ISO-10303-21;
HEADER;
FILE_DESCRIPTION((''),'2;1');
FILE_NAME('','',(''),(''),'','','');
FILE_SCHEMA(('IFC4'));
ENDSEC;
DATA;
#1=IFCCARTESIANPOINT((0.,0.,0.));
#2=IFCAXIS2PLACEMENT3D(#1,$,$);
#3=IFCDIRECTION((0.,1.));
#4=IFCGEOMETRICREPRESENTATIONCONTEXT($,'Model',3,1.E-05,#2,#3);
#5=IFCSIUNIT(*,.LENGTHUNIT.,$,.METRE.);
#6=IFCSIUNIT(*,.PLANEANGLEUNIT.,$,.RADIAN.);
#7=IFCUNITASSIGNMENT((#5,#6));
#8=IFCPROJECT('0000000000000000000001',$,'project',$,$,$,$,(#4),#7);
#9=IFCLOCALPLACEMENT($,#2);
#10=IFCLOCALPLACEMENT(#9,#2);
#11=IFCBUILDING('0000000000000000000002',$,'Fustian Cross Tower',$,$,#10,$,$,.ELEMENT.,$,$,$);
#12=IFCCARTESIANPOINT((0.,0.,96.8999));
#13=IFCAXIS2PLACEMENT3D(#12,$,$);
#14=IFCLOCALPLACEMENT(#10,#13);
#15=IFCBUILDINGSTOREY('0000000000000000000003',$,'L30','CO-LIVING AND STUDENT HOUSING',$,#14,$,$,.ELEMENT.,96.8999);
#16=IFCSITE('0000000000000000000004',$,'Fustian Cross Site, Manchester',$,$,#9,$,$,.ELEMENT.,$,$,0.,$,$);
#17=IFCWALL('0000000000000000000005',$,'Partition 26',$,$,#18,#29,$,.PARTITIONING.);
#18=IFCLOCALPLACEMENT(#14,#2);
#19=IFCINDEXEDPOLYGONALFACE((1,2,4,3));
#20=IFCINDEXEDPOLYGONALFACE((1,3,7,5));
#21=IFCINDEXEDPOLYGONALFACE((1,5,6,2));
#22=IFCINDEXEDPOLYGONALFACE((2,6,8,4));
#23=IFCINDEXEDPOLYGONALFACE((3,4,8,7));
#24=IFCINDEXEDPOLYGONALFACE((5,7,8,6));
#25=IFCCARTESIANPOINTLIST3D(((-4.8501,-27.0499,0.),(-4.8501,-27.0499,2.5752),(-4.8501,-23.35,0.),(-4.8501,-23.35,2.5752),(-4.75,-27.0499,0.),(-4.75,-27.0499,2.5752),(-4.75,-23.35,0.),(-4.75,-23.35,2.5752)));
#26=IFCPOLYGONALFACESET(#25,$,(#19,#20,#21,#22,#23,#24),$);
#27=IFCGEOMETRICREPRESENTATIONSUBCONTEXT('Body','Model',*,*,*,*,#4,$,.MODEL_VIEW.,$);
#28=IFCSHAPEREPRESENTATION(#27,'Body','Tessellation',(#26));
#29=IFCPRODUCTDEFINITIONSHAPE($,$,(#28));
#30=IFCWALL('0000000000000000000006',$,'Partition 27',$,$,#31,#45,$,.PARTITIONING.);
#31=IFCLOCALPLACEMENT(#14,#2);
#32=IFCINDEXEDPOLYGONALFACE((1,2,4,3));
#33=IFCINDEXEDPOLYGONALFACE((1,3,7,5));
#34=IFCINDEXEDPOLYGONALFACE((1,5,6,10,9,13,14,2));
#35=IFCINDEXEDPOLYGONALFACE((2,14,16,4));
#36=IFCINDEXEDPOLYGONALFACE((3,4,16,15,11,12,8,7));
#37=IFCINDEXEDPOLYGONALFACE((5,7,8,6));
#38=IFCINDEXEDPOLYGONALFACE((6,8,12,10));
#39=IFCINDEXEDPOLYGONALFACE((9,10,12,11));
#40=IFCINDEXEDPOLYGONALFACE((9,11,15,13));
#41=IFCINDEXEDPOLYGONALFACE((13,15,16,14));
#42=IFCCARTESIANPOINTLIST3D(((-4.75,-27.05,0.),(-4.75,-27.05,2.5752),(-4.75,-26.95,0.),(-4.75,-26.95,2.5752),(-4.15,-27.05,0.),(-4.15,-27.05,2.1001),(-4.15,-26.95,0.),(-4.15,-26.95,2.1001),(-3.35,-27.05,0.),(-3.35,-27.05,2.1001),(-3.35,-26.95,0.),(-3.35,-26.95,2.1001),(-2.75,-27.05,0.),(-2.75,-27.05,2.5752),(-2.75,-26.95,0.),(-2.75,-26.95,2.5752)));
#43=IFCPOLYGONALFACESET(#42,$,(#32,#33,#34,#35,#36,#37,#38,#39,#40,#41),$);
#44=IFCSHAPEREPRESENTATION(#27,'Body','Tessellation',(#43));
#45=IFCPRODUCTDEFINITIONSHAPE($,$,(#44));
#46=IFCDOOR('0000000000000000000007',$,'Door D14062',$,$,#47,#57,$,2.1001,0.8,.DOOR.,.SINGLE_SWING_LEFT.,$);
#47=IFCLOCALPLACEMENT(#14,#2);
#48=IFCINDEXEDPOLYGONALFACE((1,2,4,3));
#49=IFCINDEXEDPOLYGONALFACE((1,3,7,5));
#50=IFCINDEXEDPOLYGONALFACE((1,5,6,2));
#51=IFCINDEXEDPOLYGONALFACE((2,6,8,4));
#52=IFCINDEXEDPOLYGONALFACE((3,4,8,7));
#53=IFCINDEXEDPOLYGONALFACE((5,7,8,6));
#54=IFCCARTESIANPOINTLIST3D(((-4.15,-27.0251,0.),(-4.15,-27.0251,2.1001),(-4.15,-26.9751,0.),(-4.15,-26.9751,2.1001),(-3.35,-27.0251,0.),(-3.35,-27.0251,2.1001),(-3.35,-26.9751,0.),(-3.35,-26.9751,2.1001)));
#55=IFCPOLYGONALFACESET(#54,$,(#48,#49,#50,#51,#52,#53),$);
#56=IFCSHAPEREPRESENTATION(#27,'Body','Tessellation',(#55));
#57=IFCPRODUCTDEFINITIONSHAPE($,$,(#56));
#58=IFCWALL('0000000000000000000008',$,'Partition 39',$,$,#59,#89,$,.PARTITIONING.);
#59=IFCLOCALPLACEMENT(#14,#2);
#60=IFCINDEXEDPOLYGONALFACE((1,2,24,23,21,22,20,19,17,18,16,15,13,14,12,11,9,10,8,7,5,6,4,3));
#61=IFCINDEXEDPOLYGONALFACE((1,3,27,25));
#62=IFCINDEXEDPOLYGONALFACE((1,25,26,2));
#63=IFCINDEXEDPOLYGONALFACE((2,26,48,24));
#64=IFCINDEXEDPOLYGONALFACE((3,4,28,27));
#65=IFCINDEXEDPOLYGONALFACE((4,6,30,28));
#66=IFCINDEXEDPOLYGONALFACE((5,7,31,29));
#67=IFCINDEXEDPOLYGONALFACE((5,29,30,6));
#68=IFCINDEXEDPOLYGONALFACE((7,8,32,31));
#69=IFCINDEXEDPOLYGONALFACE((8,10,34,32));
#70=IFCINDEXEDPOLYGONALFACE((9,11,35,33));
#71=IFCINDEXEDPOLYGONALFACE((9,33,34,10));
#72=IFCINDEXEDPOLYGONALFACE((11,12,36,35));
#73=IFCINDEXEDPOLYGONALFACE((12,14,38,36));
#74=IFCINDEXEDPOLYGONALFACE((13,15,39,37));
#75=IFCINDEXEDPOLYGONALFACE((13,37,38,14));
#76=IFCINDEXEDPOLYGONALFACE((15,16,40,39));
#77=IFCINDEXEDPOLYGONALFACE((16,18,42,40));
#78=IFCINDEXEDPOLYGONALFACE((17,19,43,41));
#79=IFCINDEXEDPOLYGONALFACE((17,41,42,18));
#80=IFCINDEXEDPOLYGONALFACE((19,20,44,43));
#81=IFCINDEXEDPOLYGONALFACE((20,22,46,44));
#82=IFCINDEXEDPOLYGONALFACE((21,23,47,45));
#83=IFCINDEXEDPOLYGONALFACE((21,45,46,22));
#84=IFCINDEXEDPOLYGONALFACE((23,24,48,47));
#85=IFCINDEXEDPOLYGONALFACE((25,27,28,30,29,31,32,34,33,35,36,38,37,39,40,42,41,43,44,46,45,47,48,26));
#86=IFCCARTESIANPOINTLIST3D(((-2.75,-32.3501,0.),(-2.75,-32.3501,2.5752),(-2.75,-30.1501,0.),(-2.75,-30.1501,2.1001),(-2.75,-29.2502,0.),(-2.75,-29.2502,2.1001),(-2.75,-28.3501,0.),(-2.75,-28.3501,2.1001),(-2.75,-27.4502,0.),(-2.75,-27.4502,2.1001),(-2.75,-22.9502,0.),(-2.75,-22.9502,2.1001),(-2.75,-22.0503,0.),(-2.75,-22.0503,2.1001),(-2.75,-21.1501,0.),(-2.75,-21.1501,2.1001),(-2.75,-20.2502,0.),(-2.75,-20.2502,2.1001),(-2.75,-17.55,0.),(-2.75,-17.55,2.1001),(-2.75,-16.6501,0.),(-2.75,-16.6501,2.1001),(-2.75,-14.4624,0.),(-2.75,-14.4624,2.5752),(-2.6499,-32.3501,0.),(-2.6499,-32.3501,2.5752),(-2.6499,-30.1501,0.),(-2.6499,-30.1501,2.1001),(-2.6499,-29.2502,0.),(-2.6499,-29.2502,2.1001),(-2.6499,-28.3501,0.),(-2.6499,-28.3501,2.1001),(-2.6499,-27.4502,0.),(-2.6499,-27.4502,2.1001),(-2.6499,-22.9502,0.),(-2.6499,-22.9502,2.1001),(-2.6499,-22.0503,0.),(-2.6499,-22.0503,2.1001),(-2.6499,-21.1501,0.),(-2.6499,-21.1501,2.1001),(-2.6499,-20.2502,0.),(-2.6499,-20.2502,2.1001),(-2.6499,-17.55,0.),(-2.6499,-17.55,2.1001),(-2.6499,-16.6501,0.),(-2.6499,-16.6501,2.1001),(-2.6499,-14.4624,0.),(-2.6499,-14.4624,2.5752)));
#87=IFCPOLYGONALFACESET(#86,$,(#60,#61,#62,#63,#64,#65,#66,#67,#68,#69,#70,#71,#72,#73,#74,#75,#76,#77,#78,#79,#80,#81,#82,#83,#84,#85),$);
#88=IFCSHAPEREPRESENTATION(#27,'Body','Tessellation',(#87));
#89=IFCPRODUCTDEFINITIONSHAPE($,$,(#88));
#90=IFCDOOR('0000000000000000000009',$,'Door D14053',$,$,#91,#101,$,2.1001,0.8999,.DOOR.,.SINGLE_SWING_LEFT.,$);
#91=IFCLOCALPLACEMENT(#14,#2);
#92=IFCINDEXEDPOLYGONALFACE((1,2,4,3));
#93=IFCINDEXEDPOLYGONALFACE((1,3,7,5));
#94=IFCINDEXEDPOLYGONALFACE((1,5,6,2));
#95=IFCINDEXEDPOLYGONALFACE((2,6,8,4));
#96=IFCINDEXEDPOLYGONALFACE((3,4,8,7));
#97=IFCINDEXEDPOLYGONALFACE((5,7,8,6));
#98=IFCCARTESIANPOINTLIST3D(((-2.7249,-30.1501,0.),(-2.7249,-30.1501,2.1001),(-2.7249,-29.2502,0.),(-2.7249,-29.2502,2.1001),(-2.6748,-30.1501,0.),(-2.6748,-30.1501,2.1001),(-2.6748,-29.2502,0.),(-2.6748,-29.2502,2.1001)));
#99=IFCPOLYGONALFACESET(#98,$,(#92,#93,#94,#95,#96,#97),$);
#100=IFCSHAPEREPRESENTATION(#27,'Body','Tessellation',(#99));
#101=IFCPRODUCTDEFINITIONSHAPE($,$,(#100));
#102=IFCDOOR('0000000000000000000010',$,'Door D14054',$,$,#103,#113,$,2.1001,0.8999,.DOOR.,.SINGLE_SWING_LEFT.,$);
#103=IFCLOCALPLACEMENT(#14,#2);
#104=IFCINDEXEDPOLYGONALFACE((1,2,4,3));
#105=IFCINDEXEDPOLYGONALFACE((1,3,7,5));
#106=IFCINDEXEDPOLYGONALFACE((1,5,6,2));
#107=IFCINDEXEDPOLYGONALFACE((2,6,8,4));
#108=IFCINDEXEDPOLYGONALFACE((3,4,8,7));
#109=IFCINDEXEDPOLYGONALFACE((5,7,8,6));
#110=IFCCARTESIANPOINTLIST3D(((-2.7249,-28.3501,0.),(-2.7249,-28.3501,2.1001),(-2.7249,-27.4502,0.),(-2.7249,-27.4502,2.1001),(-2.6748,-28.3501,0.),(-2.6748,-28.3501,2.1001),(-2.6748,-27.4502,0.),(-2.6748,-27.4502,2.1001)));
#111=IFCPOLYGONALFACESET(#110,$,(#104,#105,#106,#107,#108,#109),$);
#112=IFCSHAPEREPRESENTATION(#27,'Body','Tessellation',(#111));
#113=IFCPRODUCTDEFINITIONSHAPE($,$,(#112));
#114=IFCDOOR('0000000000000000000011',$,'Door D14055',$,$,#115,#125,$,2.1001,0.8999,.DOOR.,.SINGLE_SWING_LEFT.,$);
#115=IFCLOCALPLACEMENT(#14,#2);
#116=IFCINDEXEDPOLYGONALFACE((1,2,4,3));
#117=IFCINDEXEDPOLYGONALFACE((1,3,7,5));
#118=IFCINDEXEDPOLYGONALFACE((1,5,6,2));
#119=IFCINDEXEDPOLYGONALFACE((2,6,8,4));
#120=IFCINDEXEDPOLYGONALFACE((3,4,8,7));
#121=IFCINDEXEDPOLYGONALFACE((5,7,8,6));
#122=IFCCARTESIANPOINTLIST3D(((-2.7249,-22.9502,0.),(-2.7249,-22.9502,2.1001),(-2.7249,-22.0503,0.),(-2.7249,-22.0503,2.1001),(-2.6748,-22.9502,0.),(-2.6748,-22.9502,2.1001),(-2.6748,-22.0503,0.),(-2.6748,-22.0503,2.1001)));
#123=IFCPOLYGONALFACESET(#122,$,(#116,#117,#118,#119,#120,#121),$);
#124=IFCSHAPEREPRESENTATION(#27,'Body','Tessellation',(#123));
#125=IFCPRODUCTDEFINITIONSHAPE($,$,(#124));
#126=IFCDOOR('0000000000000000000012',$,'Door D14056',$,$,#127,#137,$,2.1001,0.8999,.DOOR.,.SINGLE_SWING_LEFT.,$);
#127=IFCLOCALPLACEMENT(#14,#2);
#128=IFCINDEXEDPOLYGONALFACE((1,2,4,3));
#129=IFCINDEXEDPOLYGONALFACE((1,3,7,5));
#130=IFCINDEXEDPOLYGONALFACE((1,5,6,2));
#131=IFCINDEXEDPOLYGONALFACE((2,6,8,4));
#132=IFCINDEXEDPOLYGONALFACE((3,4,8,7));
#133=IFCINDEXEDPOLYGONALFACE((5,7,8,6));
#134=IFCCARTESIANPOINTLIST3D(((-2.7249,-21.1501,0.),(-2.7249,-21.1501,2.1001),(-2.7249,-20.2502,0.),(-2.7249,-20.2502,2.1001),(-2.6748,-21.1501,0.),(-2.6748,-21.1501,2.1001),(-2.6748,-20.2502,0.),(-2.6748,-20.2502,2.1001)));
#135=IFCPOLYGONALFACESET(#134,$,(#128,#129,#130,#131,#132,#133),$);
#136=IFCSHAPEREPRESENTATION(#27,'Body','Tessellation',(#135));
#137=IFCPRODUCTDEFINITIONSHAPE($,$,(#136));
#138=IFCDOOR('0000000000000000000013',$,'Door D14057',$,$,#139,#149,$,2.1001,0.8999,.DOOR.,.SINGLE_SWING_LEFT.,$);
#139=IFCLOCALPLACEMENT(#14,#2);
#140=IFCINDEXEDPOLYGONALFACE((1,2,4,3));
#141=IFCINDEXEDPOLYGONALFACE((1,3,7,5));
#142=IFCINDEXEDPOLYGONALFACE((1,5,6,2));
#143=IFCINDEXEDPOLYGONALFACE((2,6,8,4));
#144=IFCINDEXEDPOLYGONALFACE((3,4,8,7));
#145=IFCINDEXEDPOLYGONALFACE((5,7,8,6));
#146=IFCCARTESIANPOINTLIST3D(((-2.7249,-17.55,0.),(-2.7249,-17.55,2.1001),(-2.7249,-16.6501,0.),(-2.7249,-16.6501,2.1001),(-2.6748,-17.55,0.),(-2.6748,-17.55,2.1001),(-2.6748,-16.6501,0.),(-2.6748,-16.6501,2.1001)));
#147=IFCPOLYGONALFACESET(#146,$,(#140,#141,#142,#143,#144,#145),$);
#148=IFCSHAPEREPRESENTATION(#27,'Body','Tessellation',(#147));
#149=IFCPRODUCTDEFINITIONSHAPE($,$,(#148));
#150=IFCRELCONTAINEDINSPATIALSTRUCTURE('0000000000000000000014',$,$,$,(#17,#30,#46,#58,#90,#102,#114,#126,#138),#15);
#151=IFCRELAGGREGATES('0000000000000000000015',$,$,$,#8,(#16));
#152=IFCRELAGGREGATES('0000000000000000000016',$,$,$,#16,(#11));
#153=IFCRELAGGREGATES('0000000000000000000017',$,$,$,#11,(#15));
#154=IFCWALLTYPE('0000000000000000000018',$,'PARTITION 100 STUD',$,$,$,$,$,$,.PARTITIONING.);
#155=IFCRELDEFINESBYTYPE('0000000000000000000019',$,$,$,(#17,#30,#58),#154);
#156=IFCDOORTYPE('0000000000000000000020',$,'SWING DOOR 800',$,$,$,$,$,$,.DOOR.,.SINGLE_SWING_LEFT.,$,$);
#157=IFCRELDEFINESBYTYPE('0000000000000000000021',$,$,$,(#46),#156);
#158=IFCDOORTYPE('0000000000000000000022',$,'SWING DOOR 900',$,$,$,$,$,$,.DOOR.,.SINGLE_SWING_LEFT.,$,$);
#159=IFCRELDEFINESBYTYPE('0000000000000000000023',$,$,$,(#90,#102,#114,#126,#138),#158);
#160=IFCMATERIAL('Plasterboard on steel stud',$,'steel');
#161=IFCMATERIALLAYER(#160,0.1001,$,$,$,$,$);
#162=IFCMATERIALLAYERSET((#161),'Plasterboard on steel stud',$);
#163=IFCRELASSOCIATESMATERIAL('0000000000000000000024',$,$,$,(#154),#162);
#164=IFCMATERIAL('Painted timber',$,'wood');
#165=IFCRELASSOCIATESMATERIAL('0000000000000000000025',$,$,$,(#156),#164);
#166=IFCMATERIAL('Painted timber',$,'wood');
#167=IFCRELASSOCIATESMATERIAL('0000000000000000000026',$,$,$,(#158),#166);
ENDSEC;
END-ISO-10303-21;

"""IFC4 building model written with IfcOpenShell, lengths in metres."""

from ifc_helpers import new_model, si_unit, direction, frame, frame_2d, origin, place, context, subcontext, project, spatial, rectangle, extrude, material, layer, layer_set, type_object, element, fill, save


model = new_model("IFC4")

# Units and contexts
model_context = context("Model", 3, precision=1e-05, world=origin(), true_north=direction((0.0, 1.0)))
body_context = subcontext(model_context, "Body", "Model", "MODEL_VIEW")
ifc_project = project(units=[si_unit("LENGTHUNIT", "METRE"), si_unit("PLANEANGLEUNIT", "RADIAN")], contexts=[model_context])

# Site, building, storey
site_placement = place(None, origin())
site = spatial("IfcSite", under=ifc_project, at=site_placement, Name="Fustian Cross Site, Manchester", CompositionType="ELEMENT", RefElevation=0.0)
building_placement = place(site_placement, origin())
building = spatial("IfcBuilding", under=site, at=building_placement, Name="Fustian Cross Tower", CompositionType="ELEMENT")
storey_placement = place(building_placement, frame((0.0, 0.0, 96.8999)))
storey = spatial("IfcBuildingStorey", under=building, at=storey_placement, Name="L30", Description="CO-LIVING AND STUDENT HOUSING", CompositionType="ELEMENT", Elevation=96.8999)

# Shared definitions
ifc_material_1 = material(Name="Plasterboard on steel stud", Category="steel")
ifc_layer_1 = layer(ifc_material_1, 0.1001)
ifc_layer_set_1 = layer_set([ifc_layer_1], Name="Plasterboard on steel stud")
wall_type_1 = type_object("IfcWallType", Name="PARTITION 100 STUD", PredefinedType="PARTITIONING", material=ifc_layer_set_1)
ifc_material_2 = material(Name="Painted timber", Category="wood")
door_type_1 = type_object("IfcDoorType", Name="SWING DOOR 800", OperationType="SINGLE_SWING_LEFT", PredefinedType="DOOR", material=ifc_material_2)

# Wall
wall_1_placement = place(storey_placement, frame((-4.8, -27.05, 0.0), z_axis=(0.0, 0.0, 1.0), x_axis=(0.0, 1.0, 0.0)))
element("IfcWall", 1, at=wall_1_placement, inside=storey, type_object=wall_type_1, Name="Partition 26", PredefinedType="PARTITIONING", context=body_context, shape_type="SweptSolid", body=[
    extrude(rectangle(XDim=3.7, YDim=0.1001, at=frame_2d((1.8501, 0.0))), origin(), (0.0, 0.0, 1.0), 2.5752),
])

# Wall, opening, door
wall_2_placement = place(storey_placement, frame((-4.75, -27.0, 0.0), z_axis=(0.0, 0.0, 1.0), x_axis=(1.0, 0.0, 0.0)))
wall_2 = element("IfcWall", 2, at=wall_2_placement, inside=storey, type_object=wall_type_1, Name="Partition 27", PredefinedType="PARTITIONING", context=body_context, shape_type="SweptSolid", body=[
    extrude(rectangle(XDim=2.0, YDim=0.1001, at=frame_2d((1.0, 0.0))), origin(), (0.0, 0.0, 1.0), 2.5752),
])
opening_1_placement = place(wall_2_placement, frame((0.6001, 0.0, 0.0)))
opening_1 = element("IfcOpeningElement", 3, at=opening_1_placement, cuts=wall_2, PredefinedType="OPENING", context=body_context, shape_type="SweptSolid", body=[
    extrude(rectangle(XDim=0.8, YDim=2.1001, at=frame_2d((0.3999, 1.05))), frame((0.0, 0.0601, 0.0), z_axis=(0.0, -1.0, 0.0), x_axis=(1.0, 0.0, 0.0)), (0.0, 0.0, 1.0), 0.1201),
])
door_1_placement = place(opening_1_placement, origin())
door_1 = element("IfcDoor", 4, at=door_1_placement, inside=storey, type_object=door_type_1, Name="Door D14062", OperationType="SINGLE_SWING_LEFT", OverallHeight=2.1001, OverallWidth=0.8, PredefinedType="DOOR", context=body_context, shape_type="SweptSolid", body=[
    extrude(rectangle(XDim=0.8, YDim=2.1001, at=frame_2d((0.3999, 1.05))), frame((0.0, 0.0249, 0.0), z_axis=(0.0, -1.0, 0.0), x_axis=(1.0, 0.0, 0.0)), (0.0, 0.0, 1.0), 0.05),
])
fill(opening_1, door_1)

# Wall, openings, doors
wall_3_placement = place(storey_placement, frame((-2.7, -32.3501, 0.0), z_axis=(0.0, 0.0, 1.0), x_axis=(0.0, 1.0, 0.0)))
wall_3 = element("IfcWall", 5, at=wall_3_placement, inside=storey, type_object=wall_type_1, Name="Partition 39", PredefinedType="PARTITIONING", context=body_context, shape_type="SweptSolid", body=[
    extrude(rectangle(XDim=17.8877, YDim=0.1001, at=frame_2d((8.9438, 0.0))), origin(), (0.0, 0.0, 1.0), 2.5752),
])
opening_2_placement = place(wall_3_placement, frame((2.2, 0.0, 0.0)))
opening_2 = element("IfcOpeningElement", 6, at=opening_2_placement, cuts=wall_3, PredefinedType="OPENING", context=body_context, shape_type="SweptSolid", body=[
    extrude(rectangle(XDim=0.8999, YDim=2.1001, at=frame_2d((0.45, 1.05))), frame((0.0, 0.0601, 0.0), z_axis=(0.0, -1.0, 0.0), x_axis=(1.0, 0.0, 0.0)), (0.0, 0.0, 1.0), 0.1201),
])
opening_3_placement = place(wall_3_placement, frame((4.0, 0.0, 0.0)))
opening_3 = element("IfcOpeningElement", 7, at=opening_3_placement, cuts=wall_3, PredefinedType="OPENING", context=body_context, shape_type="SweptSolid", body=[
    extrude(rectangle(XDim=0.8999, YDim=2.1001, at=frame_2d((0.45, 1.05))), frame((0.0, 0.0601, 0.0), z_axis=(0.0, -1.0, 0.0), x_axis=(1.0, 0.0, 0.0)), (0.0, 0.0, 1.0), 0.1201),
])
opening_4_placement = place(wall_3_placement, frame((9.3999, 0.0, 0.0)))
opening_4 = element("IfcOpeningElement", 8, at=opening_4_placement, cuts=wall_3, PredefinedType="OPENING", context=body_context, shape_type="SweptSolid", body=[
    extrude(rectangle(XDim=0.8999, YDim=2.1001, at=frame_2d((0.45, 1.05))), frame((0.0, 0.0601, 0.0), z_axis=(0.0, -1.0, 0.0), x_axis=(1.0, 0.0, 0.0)), (0.0, 0.0, 1.0), 0.1201),
])
opening_5_placement = place(wall_3_placement, frame((11.2, 0.0, 0.0)))
opening_5 = element("IfcOpeningElement", 9, at=opening_5_placement, cuts=wall_3, PredefinedType="OPENING", context=body_context, shape_type="SweptSolid", body=[
    extrude(rectangle(XDim=0.8999, YDim=2.1001, at=frame_2d((0.45, 1.05))), frame((0.0, 0.0601, 0.0), z_axis=(0.0, -1.0, 0.0), x_axis=(1.0, 0.0, 0.0)), (0.0, 0.0, 1.0), 0.1201),
])
opening_6_placement = place(wall_3_placement, frame((14.8, 0.0, 0.0)))
opening_6 = element("IfcOpeningElement", 10, at=opening_6_placement, cuts=wall_3, PredefinedType="OPENING", context=body_context, shape_type="SweptSolid", body=[
    extrude(rectangle(XDim=0.8999, YDim=2.1001, at=frame_2d((0.45, 1.05))), frame((0.0, 0.0601, 0.0), z_axis=(0.0, -1.0, 0.0), x_axis=(1.0, 0.0, 0.0)), (0.0, 0.0, 1.0), 0.1201),
])
ifc_material_3 = material(Name="Painted timber", Category="wood")
door_type_2 = type_object("IfcDoorType", Name="SWING DOOR 900", OperationType="SINGLE_SWING_LEFT", PredefinedType="DOOR", material=ifc_material_3)
door_2_placement = place(opening_2_placement, origin())
door_2 = element("IfcDoor", 11, at=door_2_placement, inside=storey, type_object=door_type_2, Name="Door D14053", OperationType="SINGLE_SWING_LEFT", OverallHeight=2.1001, OverallWidth=0.8999, PredefinedType="DOOR", context=body_context, shape_type="SweptSolid", body=[
    extrude(rectangle(XDim=0.8999, YDim=2.1001, at=frame_2d((0.45, 1.05))), frame((0.0, 0.0249, 0.0), z_axis=(0.0, -1.0, 0.0), x_axis=(1.0, 0.0, 0.0)), (0.0, 0.0, 1.0), 0.05),
])
fill(opening_2, door_2)
door_3_placement = place(opening_3_placement, origin())
door_3 = element("IfcDoor", 12, at=door_3_placement, inside=storey, type_object=door_type_2, Name="Door D14054", OperationType="SINGLE_SWING_LEFT", OverallHeight=2.1001, OverallWidth=0.8999, PredefinedType="DOOR", context=body_context, shape_type="SweptSolid", body=[
    extrude(rectangle(XDim=0.8999, YDim=2.1001, at=frame_2d((0.45, 1.05))), frame((0.0, 0.0249, 0.0), z_axis=(0.0, -1.0, 0.0), x_axis=(1.0, 0.0, 0.0)), (0.0, 0.0, 1.0), 0.05),
])
fill(opening_3, door_3)
door_4_placement = place(opening_4_placement, origin())
door_4 = element("IfcDoor", 13, at=door_4_placement, inside=storey, type_object=door_type_2, Name="Door D14055", OperationType="SINGLE_SWING_LEFT", OverallHeight=2.1001, OverallWidth=0.8999, PredefinedType="DOOR", context=body_context, shape_type="SweptSolid", body=[
    extrude(rectangle(XDim=0.8999, YDim=2.1001, at=frame_2d((0.45, 1.05))), frame((0.0, 0.0249, 0.0), z_axis=(0.0, -1.0, 0.0), x_axis=(1.0, 0.0, 0.0)), (0.0, 0.0, 1.0), 0.05),
])
fill(opening_4, door_4)
door_5_placement = place(opening_5_placement, origin())
door_5 = element("IfcDoor", 14, at=door_5_placement, inside=storey, type_object=door_type_2, Name="Door D14056", OperationType="SINGLE_SWING_LEFT", OverallHeight=2.1001, OverallWidth=0.8999, PredefinedType="DOOR", context=body_context, shape_type="SweptSolid", body=[
    extrude(rectangle(XDim=0.8999, YDim=2.1001, at=frame_2d((0.45, 1.05))), frame((0.0, 0.0249, 0.0), z_axis=(0.0, -1.0, 0.0), x_axis=(1.0, 0.0, 0.0)), (0.0, 0.0, 1.0), 0.05),
])
fill(opening_5, door_5)
door_6_placement = place(opening_6_placement, origin())
door_6 = element("IfcDoor", 15, at=door_6_placement, inside=storey, type_object=door_type_2, Name="Door D14057", OperationType="SINGLE_SWING_LEFT", OverallHeight=2.1001, OverallWidth=0.8999, PredefinedType="DOOR", context=body_context, shape_type="SweptSolid", body=[
    extrude(rectangle(XDim=0.8999, YDim=2.1001, at=frame_2d((0.45, 1.05))), frame((0.0, 0.0249, 0.0), z_axis=(0.0, -1.0, 0.0), x_axis=(1.0, 0.0, 0.0)), (0.0, 0.0, 1.0), 0.05),
])
fill(opening_6, door_6)

save(model, "model.ifc")
